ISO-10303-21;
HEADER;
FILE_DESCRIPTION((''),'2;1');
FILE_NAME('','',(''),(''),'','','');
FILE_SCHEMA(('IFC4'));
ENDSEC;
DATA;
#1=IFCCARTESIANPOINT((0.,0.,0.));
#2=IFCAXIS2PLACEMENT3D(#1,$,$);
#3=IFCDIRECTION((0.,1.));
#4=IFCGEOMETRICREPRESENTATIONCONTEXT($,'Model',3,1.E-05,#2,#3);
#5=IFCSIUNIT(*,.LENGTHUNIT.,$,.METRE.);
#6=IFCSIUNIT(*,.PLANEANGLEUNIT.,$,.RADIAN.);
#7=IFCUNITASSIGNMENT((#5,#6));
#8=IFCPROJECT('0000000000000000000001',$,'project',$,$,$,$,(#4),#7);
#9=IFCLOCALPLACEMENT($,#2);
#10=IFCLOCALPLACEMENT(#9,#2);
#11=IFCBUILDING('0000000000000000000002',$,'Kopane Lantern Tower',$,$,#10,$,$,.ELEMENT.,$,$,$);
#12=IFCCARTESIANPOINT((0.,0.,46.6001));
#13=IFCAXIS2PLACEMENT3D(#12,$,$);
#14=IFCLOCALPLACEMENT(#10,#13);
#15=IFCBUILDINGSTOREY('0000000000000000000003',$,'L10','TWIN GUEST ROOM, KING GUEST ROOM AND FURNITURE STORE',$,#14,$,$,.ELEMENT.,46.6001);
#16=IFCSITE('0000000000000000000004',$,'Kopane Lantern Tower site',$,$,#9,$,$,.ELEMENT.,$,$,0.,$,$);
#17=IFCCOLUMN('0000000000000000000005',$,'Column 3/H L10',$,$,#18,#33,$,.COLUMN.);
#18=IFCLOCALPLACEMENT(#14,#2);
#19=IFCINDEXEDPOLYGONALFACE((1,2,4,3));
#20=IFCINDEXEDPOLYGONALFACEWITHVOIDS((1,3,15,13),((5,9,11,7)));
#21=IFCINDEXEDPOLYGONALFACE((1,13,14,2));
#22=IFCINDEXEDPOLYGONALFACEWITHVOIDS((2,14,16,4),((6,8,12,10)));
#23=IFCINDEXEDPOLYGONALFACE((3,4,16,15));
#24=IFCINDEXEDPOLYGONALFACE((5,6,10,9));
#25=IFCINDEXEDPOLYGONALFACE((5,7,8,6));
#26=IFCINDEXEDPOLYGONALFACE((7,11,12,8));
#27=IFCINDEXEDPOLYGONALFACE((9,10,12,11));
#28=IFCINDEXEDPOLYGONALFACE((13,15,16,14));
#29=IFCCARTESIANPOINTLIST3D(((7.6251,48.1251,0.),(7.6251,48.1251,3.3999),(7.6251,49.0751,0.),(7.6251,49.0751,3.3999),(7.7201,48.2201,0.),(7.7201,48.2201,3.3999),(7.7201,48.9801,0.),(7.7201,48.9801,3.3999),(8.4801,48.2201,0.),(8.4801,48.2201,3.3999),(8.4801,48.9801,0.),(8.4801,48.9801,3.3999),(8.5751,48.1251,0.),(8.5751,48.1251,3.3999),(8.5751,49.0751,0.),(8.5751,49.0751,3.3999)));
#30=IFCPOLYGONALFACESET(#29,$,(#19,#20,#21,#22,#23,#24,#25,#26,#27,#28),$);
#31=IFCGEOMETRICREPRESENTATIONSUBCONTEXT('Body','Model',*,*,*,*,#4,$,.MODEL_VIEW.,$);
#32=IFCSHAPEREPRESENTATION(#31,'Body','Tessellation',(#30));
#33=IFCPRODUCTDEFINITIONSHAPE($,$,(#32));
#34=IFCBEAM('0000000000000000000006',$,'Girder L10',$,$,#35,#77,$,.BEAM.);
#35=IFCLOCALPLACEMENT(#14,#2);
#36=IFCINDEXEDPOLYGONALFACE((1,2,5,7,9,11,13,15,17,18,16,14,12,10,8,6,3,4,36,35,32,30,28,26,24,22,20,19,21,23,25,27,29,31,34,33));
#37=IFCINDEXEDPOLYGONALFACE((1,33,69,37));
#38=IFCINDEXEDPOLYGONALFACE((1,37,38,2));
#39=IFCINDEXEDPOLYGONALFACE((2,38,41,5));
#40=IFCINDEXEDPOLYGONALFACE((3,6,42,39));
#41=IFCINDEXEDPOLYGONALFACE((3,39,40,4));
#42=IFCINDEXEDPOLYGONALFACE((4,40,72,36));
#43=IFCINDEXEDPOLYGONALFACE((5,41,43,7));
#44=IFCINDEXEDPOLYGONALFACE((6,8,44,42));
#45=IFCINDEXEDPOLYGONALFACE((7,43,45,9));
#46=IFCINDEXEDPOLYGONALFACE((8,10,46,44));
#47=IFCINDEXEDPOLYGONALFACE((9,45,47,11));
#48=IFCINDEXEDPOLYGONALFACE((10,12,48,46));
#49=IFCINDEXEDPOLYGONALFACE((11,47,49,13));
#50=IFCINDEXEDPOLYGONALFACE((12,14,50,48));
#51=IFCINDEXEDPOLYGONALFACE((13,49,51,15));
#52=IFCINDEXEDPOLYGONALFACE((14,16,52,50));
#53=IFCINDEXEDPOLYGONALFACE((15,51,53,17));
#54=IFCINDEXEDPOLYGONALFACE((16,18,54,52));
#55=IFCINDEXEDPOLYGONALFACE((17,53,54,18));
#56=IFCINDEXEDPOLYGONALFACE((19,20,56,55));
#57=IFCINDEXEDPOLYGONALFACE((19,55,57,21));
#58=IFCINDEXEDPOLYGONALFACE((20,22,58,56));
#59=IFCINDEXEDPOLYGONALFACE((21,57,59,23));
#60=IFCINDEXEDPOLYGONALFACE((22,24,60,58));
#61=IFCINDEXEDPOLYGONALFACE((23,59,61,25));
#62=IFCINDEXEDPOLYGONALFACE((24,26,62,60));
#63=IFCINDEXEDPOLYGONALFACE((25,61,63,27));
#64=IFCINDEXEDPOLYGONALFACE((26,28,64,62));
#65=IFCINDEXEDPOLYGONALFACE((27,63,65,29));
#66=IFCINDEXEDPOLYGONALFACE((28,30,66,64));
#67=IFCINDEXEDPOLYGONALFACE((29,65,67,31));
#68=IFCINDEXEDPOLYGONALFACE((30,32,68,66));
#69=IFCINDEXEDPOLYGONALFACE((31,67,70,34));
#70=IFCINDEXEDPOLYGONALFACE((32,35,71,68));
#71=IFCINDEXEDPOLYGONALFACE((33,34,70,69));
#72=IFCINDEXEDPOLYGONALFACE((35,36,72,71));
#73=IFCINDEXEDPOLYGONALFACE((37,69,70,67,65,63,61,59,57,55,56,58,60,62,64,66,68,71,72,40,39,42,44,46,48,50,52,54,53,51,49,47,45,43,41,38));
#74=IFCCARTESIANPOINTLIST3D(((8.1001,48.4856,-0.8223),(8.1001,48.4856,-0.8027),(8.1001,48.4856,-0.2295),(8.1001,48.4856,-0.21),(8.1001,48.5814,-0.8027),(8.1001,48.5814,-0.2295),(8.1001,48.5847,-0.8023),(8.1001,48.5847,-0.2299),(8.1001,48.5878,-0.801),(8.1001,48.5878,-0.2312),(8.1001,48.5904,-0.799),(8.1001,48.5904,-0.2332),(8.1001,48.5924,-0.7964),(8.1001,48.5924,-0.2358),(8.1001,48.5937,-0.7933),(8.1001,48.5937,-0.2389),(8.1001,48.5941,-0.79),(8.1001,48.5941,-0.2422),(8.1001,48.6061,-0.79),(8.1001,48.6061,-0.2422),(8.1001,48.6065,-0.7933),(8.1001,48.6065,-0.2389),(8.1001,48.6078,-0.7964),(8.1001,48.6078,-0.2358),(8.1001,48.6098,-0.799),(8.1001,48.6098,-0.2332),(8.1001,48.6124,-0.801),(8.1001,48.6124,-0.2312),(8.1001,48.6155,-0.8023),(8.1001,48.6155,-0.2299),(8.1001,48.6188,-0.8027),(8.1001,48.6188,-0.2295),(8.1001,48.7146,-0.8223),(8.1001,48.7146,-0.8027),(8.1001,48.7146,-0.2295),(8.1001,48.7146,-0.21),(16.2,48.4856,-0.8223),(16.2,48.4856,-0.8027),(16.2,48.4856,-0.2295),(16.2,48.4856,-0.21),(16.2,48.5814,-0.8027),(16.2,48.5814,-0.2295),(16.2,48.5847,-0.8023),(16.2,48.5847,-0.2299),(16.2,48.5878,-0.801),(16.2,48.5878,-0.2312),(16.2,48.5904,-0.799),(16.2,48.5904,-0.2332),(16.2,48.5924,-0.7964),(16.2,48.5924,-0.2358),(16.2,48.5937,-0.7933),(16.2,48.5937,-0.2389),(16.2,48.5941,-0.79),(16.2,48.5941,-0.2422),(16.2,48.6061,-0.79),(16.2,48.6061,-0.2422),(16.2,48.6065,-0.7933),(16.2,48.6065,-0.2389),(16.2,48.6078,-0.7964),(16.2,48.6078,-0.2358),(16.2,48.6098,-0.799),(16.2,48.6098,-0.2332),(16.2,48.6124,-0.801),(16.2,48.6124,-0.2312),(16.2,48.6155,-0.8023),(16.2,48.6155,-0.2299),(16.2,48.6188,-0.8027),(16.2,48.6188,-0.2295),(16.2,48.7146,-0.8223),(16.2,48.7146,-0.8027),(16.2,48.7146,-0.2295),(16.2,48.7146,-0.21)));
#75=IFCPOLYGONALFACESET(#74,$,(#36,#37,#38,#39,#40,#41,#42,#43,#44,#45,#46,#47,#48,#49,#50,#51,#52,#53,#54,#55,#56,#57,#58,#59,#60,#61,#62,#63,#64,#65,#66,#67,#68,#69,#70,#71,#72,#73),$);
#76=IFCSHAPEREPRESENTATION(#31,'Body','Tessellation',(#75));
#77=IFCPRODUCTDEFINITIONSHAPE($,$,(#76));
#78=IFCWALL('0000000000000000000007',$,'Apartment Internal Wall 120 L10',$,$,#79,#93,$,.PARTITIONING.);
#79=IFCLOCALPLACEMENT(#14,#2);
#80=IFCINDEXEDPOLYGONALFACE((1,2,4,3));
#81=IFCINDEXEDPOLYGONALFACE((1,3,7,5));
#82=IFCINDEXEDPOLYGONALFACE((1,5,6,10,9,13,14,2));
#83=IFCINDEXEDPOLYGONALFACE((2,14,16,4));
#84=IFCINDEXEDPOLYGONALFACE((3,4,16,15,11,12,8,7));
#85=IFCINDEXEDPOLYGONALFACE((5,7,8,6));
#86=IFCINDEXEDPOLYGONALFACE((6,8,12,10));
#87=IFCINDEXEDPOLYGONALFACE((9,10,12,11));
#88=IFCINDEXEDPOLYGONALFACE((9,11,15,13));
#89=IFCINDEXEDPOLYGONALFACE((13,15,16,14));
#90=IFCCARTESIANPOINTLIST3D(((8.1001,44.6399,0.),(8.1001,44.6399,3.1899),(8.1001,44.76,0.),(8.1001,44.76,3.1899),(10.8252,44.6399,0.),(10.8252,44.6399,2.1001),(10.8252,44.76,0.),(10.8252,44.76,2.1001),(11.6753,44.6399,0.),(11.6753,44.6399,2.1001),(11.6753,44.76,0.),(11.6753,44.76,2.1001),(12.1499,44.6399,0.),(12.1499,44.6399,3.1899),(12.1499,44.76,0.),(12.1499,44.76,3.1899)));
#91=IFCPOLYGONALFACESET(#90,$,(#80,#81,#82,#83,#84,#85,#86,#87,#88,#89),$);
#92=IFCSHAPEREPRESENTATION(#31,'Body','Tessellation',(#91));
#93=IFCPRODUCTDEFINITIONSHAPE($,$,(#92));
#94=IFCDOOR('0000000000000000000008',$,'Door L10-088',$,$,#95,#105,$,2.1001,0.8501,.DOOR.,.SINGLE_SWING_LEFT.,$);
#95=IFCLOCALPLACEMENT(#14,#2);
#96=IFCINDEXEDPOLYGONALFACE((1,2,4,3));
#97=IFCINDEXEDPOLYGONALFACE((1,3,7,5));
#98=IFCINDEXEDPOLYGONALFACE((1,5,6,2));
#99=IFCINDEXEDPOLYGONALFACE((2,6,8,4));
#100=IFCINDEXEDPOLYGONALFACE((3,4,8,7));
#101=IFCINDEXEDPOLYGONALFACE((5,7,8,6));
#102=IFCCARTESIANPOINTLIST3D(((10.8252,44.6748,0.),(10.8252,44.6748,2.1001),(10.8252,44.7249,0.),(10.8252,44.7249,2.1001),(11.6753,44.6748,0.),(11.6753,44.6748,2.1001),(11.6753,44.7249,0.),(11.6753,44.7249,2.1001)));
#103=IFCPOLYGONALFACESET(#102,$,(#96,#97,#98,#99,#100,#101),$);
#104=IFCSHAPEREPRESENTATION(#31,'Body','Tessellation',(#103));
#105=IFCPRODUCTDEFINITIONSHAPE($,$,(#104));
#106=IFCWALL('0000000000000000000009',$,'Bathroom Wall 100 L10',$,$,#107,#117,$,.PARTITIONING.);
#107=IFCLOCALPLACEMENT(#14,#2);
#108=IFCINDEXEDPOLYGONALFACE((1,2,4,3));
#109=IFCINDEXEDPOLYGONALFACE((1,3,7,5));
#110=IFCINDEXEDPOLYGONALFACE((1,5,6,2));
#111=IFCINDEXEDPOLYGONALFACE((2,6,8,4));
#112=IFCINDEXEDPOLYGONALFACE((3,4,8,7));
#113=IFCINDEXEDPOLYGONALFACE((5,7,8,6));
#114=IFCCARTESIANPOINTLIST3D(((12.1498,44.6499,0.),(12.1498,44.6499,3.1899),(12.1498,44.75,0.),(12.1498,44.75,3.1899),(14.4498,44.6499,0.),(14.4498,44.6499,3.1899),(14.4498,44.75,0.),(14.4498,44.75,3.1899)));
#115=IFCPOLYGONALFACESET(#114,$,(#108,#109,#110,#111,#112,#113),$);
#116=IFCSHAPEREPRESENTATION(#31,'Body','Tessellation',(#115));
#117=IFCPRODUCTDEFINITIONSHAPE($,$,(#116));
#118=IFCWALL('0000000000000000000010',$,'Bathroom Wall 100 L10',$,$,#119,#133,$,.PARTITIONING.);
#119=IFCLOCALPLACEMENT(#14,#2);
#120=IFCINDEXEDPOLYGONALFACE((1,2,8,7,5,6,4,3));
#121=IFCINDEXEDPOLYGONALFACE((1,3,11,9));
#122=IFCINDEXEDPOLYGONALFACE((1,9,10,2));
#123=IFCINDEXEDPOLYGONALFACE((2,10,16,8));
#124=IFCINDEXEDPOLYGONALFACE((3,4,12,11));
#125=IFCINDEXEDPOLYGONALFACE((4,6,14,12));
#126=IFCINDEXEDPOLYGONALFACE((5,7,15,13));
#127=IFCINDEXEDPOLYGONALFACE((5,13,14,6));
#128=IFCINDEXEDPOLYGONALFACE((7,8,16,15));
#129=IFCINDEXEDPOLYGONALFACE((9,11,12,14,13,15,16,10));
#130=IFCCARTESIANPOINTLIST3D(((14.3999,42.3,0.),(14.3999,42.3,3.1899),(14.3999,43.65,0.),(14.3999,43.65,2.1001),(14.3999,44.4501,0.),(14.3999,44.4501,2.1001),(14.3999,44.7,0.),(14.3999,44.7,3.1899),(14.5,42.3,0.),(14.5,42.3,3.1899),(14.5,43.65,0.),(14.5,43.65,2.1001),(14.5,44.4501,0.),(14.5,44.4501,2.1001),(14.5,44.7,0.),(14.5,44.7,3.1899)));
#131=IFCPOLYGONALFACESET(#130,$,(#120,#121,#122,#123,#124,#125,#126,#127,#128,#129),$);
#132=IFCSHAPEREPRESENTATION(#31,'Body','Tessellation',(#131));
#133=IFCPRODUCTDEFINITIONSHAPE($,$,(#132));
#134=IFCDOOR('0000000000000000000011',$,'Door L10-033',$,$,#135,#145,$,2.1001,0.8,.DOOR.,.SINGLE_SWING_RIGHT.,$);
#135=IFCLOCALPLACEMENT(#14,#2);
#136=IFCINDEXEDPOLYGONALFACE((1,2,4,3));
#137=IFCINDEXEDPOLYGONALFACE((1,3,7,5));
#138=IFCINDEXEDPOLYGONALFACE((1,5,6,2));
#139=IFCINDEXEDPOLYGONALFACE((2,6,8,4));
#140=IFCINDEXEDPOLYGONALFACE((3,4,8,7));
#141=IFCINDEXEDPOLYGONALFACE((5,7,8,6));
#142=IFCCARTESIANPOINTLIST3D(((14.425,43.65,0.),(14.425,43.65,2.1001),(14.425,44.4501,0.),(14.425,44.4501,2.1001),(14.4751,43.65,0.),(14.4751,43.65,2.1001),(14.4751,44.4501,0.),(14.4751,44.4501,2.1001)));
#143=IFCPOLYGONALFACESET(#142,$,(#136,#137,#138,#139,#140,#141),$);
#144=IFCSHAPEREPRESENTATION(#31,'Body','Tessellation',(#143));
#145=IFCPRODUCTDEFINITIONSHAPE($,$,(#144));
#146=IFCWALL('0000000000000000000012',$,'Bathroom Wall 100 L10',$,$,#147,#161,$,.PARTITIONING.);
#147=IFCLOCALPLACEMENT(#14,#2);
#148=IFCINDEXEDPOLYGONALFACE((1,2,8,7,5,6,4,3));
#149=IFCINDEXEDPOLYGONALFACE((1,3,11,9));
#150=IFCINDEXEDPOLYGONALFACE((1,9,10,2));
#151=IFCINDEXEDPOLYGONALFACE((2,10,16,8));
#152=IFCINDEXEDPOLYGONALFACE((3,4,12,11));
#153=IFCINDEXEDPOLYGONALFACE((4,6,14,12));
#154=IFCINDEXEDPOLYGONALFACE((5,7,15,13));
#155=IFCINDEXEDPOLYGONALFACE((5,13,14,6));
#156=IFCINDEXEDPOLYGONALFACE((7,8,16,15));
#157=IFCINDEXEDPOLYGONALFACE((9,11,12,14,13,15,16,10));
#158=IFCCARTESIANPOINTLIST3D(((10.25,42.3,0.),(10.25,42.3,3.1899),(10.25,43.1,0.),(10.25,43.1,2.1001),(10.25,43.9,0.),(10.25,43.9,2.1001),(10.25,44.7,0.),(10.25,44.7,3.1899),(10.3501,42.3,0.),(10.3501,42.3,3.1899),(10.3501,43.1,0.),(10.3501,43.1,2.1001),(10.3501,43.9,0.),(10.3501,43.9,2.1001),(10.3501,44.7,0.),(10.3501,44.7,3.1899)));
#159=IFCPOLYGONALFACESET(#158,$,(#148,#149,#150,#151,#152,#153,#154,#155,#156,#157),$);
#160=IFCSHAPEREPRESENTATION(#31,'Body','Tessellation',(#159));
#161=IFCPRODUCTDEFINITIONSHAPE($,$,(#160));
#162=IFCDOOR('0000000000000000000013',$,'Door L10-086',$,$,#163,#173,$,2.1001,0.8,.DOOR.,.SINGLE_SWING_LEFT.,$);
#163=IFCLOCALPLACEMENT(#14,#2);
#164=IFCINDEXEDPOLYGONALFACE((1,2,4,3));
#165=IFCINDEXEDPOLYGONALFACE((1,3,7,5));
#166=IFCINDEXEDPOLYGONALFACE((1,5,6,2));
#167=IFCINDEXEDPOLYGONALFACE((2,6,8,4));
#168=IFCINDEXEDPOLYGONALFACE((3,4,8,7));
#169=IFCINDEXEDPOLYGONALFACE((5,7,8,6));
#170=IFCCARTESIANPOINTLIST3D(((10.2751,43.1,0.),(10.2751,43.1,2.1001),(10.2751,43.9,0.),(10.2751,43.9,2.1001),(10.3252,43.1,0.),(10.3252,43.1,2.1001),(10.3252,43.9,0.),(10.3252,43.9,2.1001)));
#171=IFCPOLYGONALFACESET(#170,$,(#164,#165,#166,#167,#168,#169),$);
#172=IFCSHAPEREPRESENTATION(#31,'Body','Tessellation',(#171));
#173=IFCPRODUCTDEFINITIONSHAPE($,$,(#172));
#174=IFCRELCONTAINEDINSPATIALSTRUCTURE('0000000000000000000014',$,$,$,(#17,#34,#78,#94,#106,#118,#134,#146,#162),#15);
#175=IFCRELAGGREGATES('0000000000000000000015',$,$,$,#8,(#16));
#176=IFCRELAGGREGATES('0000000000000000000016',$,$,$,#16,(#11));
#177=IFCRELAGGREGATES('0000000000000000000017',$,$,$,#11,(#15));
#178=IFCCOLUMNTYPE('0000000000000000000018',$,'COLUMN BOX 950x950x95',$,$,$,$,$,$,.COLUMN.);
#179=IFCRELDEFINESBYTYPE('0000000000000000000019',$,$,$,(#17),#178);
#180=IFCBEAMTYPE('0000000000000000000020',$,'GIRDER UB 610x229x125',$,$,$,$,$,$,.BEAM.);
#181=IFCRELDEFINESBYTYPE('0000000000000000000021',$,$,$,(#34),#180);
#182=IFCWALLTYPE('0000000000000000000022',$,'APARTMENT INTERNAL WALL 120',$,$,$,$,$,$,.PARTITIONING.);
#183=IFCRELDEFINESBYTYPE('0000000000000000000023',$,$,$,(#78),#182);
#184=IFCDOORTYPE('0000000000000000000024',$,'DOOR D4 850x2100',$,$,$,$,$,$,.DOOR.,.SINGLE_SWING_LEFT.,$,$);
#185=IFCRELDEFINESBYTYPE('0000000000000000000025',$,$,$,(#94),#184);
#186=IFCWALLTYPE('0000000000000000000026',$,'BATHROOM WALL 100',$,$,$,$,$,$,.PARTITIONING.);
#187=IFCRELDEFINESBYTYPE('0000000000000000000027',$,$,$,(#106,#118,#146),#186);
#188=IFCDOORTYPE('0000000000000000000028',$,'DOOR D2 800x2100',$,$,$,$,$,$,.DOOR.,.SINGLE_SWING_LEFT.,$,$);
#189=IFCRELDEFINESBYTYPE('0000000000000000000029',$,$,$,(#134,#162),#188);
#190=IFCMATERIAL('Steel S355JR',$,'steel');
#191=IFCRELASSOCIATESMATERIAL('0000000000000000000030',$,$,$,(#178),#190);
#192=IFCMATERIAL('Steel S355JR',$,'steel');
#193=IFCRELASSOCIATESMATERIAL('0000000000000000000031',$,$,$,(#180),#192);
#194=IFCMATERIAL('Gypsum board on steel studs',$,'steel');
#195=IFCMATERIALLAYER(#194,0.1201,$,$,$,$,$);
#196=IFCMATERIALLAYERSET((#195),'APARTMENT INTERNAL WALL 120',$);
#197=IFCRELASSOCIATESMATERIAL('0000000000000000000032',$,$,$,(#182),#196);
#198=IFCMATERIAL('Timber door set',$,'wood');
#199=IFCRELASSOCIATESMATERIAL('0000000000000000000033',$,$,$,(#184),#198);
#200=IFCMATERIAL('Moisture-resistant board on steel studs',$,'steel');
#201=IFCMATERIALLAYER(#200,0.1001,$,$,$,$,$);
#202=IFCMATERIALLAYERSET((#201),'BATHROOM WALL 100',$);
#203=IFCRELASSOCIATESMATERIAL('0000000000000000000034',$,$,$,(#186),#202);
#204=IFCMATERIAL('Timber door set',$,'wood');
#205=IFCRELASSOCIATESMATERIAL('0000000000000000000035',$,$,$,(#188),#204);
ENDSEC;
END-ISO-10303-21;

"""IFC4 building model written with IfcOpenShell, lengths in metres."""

from ifc_helpers import new_model, si_unit, direction, frame, frame_2d, origin, origin_2d, place, context, subcontext, project, spatial, rectangle, hollow_rectangle, i_section, extrude, material, layer, layer_set, material_profile, profile_set, type_object, element, fill, save


model = new_model("IFC4")

# Units and contexts
model_context = context("Model", 3, precision=1e-05, world=origin(), true_north=direction((0.0, 1.0)))
body_context = subcontext(model_context, "Body", "Model", "MODEL_VIEW")
ifc_project = project(units=[si_unit("LENGTHUNIT", "METRE"), si_unit("PLANEANGLEUNIT", "RADIAN")], contexts=[model_context])

# Site, building, storey
site_placement = place(None, origin())
site = spatial("IfcSite", under=ifc_project, at=site_placement, Name="Kopane Lantern Tower site", CompositionType="ELEMENT", RefElevation=0.0)
building_placement = place(site_placement, origin())
building = spatial("IfcBuilding", under=site, at=building_placement, Name="Kopane Lantern Tower", CompositionType="ELEMENT")
storey_placement = place(building_placement, frame((0.0, 0.0, 46.6001)))
storey = spatial("IfcBuildingStorey", under=building, at=storey_placement, Name="L10", Description="TWIN GUEST ROOM, KING GUEST ROOM AND FURNITURE STORE", CompositionType="ELEMENT", Elevation=46.6001)

# Column
ifc_material_1 = material(Name="Steel S355JR", Category="steel")
ifc_material_profile_1 = material_profile(ifc_material_1, hollow_rectangle(XDim=0.95, YDim=0.95, WallThickness=0.095, at=origin_2d()), Name="BOX 950x950x95")
ifc_profile_set_1 = profile_set([ifc_material_profile_1], Name="Steel S355JR")
column_type = type_object("IfcColumnType", Name="COLUMN BOX 950x950x95", PredefinedType="COLUMN", material=ifc_profile_set_1)
column_placement = place(storey_placement, frame((8.1001, 48.6001, 0.0), z_axis=(0.0, 0.0, 1.0), x_axis=(1.0, 0.0, 0.0)))
element("IfcColumn", 1, at=column_placement, inside=storey, type_object=column_type, Name="Column 3/H L10", PredefinedType="COLUMN", context=body_context, shape_type="SweptSolid", body=[
    extrude(hollow_rectangle(XDim=0.95, YDim=0.95, WallThickness=0.095, at=origin_2d()), origin(), (0.0, 0.0, 1.0), 3.3999),
])

# Beam
ifc_material_2 = material(Name="Steel S355JR", Category="steel")
ifc_material_profile_2 = material_profile(ifc_material_2, i_section(OverallWidth=0.229, OverallDepth=0.6123, WebThickness=0.012, FlangeThickness=0.0195, FilletRadius=0.0127, at=origin_2d()), Name="UB 610x229x125")
ifc_profile_set_2 = profile_set([ifc_material_profile_2], Name="Steel S355JR")
beam_type = type_object("IfcBeamType", Name="GIRDER UB 610x229x125", PredefinedType="BEAM", material=ifc_profile_set_2)
beam_placement = place(storey_placement, frame((8.1001, 48.6001, -0.5161), z_axis=(1.0, 0.0, 0.0), x_axis=(0.0, 1.0, 0.0)))
element("IfcBeam", 2, at=beam_placement, inside=storey, type_object=beam_type, Name="Girder L10", PredefinedType="BEAM", context=body_context, shape_type="SweptSolid", body=[
    extrude(i_section(OverallWidth=0.229, OverallDepth=0.6123, WebThickness=0.012, FlangeThickness=0.0195, FilletRadius=0.0127, at=origin_2d()), origin(), (0.0, 0.0, 1.0), 8.0999),
])

# Wall, opening, door
ifc_material_3 = material(Name="Gypsum board on steel studs", Category="steel")
ifc_layer_1 = layer(ifc_material_3, 0.1201)
ifc_layer_set_1 = layer_set([ifc_layer_1], Name="APARTMENT INTERNAL WALL 120")
wall_type_1 = type_object("IfcWallType", Name="APARTMENT INTERNAL WALL 120", PredefinedType="PARTITIONING", material=ifc_layer_set_1)
wall_1_placement = place(storey_placement, frame((8.1001, 44.7, 0.0), z_axis=(0.0, 0.0, 1.0), x_axis=(1.0, 0.0, 0.0)))
wall_1 = element("IfcWall", 3, at=wall_1_placement, inside=storey, type_object=wall_type_1, Name="Apartment Internal Wall 120 L10", PredefinedType="PARTITIONING", context=body_context, shape_type="SweptSolid", body=[
    extrude(rectangle(XDim=4.0498, YDim=0.1201, at=frame_2d((2.0249, 0.0))), origin(), (0.0, 0.0, 1.0), 3.1899),
])
opening_1_placement = place(wall_1_placement, frame((2.7251, 0.0, 0.0)))
opening_1 = element("IfcOpeningElement", 4, at=opening_1_placement, cuts=wall_1, PredefinedType="OPENING", context=body_context, shape_type="SweptSolid", body=[
    extrude(rectangle(XDim=0.8501, YDim=2.1001, at=frame_2d((0.425, 1.05))), frame((0.0, 0.0701, 0.0), z_axis=(0.0, -1.0, 0.0), x_axis=(1.0, 0.0, 0.0)), (0.0, 0.0, 1.0), 0.1401),
])
ifc_material_4 = material(Name="Timber door set", Category="wood")
door_type_1 = type_object("IfcDoorType", Name="DOOR D4 850x2100", OperationType="SINGLE_SWING_LEFT", PredefinedType="DOOR", material=ifc_material_4)
door_1_placement = place(opening_1_placement, origin())
door_1 = element("IfcDoor", 5, at=door_1_placement, inside=storey, type_object=door_type_1, Name="Door L10-088", OperationType="SINGLE_SWING_LEFT", OverallHeight=2.1001, OverallWidth=0.8501, PredefinedType="DOOR", context=body_context, shape_type="SweptSolid", body=[
    extrude(rectangle(XDim=0.8501, YDim=2.1001, at=frame_2d((0.425, 1.05))), frame((0.0, 0.0249, 0.0), z_axis=(0.0, -1.0, 0.0), x_axis=(1.0, 0.0, 0.0)), (0.0, 0.0, 1.0), 0.05),
])
fill(opening_1, door_1)

# Wall
ifc_material_5 = material(Name="Moisture-resistant board on steel studs", Category="steel")
ifc_layer_2 = layer(ifc_material_5, 0.1001)
ifc_layer_set_2 = layer_set([ifc_layer_2], Name="BATHROOM WALL 100")
wall_type_2 = type_object("IfcWallType", Name="BATHROOM WALL 100", PredefinedType="PARTITIONING", material=ifc_layer_set_2)
wall_2_placement = place(storey_placement, frame((12.1499, 44.7, 0.0), z_axis=(0.0, 0.0, 1.0), x_axis=(1.0, 0.0, 0.0)))
element("IfcWall", 6, at=wall_2_placement, inside=storey, type_object=wall_type_2, Name="Bathroom Wall 100 L10", PredefinedType="PARTITIONING", context=body_context, shape_type="SweptSolid", body=[
    extrude(rectangle(XDim=2.3, YDim=0.1001, at=frame_2d((1.1499, 0.0))), origin(), (0.0, 0.0, 1.0), 3.1899),
])

# Walls, openings, doors
wall_3_placement = place(storey_placement, frame((14.45, 42.3, 0.0), z_axis=(0.0, 0.0, 1.0), x_axis=(0.0, 1.0, 0.0)))
wall_3 = element("IfcWall", 7, at=wall_3_placement, inside=storey, type_object=wall_type_2, Name="Bathroom Wall 100 L10", PredefinedType="PARTITIONING", context=body_context, shape_type="SweptSolid", body=[
    extrude(rectangle(XDim=2.3999, YDim=0.1001, at=frame_2d((1.2, 0.0))), origin(), (0.0, 0.0, 1.0), 3.1899),
])
opening_2_placement = place(wall_3_placement, frame((1.3501, 0.0, 0.0)))
opening_2 = element("IfcOpeningElement", 8, at=opening_2_placement, cuts=wall_3, PredefinedType="OPENING", context=body_context, shape_type="SweptSolid", body=[
    extrude(rectangle(XDim=0.8, YDim=2.1001, at=frame_2d((0.3999, 1.05))), frame((0.0, 0.0601, 0.0), z_axis=(0.0, -1.0, 0.0), x_axis=(1.0, 0.0, 0.0)), (0.0, 0.0, 1.0), 0.1201),
])
ifc_material_6 = material(Name="Timber door set", Category="wood")
door_type_2 = type_object("IfcDoorType", Name="DOOR D2 800x2100", OperationType="SINGLE_SWING_LEFT", PredefinedType="DOOR", material=ifc_material_6)
door_2_placement = place(opening_2_placement, origin())
door_2 = element("IfcDoor", 9, at=door_2_placement, inside=storey, type_object=door_type_2, Name="Door L10-033", OperationType="SINGLE_SWING_RIGHT", OverallHeight=2.1001, OverallWidth=0.8, PredefinedType="DOOR", context=body_context, shape_type="SweptSolid", body=[
    extrude(rectangle(XDim=0.8, YDim=2.1001, at=frame_2d((0.3999, 1.05))), frame((0.0, 0.0249, 0.0), z_axis=(0.0, -1.0, 0.0), x_axis=(1.0, 0.0, 0.0)), (0.0, 0.0, 1.0), 0.05),
])
fill(opening_2, door_2)
wall_4_placement = place(storey_placement, frame((10.3, 42.3, 0.0), z_axis=(0.0, 0.0, 1.0), x_axis=(0.0, 1.0, 0.0)))
wall_4 = element("IfcWall", 10, at=wall_4_placement, inside=storey, type_object=wall_type_2, Name="Bathroom Wall 100 L10", PredefinedType="PARTITIONING", context=body_context, shape_type="SweptSolid", body=[
    extrude(rectangle(XDim=2.3999, YDim=0.1001, at=frame_2d((1.2, 0.0))), origin(), (0.0, 0.0, 1.0), 3.1899),
])
opening_3_placement = place(wall_4_placement, frame((0.8, 0.0, 0.0)))
opening_3 = element("IfcOpeningElement", 11, at=opening_3_placement, cuts=wall_4, PredefinedType="OPENING", context=body_context, shape_type="SweptSolid", body=[
    extrude(rectangle(XDim=0.8, YDim=2.1001, at=frame_2d((0.3999, 1.05))), frame((0.0, 0.0601, 0.0), z_axis=(0.0, -1.0, 0.0), x_axis=(1.0, 0.0, 0.0)), (0.0, 0.0, 1.0), 0.1201),
])
door_3_placement = place(opening_3_placement, origin())
door_3 = element("IfcDoor", 12, at=door_3_placement, inside=storey, type_object=door_type_2, Name="Door L10-086", OperationType="SINGLE_SWING_LEFT", OverallHeight=2.1001, OverallWidth=0.8, PredefinedType="DOOR", context=body_context, shape_type="SweptSolid", body=[
    extrude(rectangle(XDim=0.8, YDim=2.1001, at=frame_2d((0.3999, 1.05))), frame((0.0, 0.0249, 0.0), z_axis=(0.0, -1.0, 0.0), x_axis=(1.0, 0.0, 0.0)), (0.0, 0.0, 1.0), 0.05),
])
fill(opening_3, door_3)

save(model, "model.ifc")
